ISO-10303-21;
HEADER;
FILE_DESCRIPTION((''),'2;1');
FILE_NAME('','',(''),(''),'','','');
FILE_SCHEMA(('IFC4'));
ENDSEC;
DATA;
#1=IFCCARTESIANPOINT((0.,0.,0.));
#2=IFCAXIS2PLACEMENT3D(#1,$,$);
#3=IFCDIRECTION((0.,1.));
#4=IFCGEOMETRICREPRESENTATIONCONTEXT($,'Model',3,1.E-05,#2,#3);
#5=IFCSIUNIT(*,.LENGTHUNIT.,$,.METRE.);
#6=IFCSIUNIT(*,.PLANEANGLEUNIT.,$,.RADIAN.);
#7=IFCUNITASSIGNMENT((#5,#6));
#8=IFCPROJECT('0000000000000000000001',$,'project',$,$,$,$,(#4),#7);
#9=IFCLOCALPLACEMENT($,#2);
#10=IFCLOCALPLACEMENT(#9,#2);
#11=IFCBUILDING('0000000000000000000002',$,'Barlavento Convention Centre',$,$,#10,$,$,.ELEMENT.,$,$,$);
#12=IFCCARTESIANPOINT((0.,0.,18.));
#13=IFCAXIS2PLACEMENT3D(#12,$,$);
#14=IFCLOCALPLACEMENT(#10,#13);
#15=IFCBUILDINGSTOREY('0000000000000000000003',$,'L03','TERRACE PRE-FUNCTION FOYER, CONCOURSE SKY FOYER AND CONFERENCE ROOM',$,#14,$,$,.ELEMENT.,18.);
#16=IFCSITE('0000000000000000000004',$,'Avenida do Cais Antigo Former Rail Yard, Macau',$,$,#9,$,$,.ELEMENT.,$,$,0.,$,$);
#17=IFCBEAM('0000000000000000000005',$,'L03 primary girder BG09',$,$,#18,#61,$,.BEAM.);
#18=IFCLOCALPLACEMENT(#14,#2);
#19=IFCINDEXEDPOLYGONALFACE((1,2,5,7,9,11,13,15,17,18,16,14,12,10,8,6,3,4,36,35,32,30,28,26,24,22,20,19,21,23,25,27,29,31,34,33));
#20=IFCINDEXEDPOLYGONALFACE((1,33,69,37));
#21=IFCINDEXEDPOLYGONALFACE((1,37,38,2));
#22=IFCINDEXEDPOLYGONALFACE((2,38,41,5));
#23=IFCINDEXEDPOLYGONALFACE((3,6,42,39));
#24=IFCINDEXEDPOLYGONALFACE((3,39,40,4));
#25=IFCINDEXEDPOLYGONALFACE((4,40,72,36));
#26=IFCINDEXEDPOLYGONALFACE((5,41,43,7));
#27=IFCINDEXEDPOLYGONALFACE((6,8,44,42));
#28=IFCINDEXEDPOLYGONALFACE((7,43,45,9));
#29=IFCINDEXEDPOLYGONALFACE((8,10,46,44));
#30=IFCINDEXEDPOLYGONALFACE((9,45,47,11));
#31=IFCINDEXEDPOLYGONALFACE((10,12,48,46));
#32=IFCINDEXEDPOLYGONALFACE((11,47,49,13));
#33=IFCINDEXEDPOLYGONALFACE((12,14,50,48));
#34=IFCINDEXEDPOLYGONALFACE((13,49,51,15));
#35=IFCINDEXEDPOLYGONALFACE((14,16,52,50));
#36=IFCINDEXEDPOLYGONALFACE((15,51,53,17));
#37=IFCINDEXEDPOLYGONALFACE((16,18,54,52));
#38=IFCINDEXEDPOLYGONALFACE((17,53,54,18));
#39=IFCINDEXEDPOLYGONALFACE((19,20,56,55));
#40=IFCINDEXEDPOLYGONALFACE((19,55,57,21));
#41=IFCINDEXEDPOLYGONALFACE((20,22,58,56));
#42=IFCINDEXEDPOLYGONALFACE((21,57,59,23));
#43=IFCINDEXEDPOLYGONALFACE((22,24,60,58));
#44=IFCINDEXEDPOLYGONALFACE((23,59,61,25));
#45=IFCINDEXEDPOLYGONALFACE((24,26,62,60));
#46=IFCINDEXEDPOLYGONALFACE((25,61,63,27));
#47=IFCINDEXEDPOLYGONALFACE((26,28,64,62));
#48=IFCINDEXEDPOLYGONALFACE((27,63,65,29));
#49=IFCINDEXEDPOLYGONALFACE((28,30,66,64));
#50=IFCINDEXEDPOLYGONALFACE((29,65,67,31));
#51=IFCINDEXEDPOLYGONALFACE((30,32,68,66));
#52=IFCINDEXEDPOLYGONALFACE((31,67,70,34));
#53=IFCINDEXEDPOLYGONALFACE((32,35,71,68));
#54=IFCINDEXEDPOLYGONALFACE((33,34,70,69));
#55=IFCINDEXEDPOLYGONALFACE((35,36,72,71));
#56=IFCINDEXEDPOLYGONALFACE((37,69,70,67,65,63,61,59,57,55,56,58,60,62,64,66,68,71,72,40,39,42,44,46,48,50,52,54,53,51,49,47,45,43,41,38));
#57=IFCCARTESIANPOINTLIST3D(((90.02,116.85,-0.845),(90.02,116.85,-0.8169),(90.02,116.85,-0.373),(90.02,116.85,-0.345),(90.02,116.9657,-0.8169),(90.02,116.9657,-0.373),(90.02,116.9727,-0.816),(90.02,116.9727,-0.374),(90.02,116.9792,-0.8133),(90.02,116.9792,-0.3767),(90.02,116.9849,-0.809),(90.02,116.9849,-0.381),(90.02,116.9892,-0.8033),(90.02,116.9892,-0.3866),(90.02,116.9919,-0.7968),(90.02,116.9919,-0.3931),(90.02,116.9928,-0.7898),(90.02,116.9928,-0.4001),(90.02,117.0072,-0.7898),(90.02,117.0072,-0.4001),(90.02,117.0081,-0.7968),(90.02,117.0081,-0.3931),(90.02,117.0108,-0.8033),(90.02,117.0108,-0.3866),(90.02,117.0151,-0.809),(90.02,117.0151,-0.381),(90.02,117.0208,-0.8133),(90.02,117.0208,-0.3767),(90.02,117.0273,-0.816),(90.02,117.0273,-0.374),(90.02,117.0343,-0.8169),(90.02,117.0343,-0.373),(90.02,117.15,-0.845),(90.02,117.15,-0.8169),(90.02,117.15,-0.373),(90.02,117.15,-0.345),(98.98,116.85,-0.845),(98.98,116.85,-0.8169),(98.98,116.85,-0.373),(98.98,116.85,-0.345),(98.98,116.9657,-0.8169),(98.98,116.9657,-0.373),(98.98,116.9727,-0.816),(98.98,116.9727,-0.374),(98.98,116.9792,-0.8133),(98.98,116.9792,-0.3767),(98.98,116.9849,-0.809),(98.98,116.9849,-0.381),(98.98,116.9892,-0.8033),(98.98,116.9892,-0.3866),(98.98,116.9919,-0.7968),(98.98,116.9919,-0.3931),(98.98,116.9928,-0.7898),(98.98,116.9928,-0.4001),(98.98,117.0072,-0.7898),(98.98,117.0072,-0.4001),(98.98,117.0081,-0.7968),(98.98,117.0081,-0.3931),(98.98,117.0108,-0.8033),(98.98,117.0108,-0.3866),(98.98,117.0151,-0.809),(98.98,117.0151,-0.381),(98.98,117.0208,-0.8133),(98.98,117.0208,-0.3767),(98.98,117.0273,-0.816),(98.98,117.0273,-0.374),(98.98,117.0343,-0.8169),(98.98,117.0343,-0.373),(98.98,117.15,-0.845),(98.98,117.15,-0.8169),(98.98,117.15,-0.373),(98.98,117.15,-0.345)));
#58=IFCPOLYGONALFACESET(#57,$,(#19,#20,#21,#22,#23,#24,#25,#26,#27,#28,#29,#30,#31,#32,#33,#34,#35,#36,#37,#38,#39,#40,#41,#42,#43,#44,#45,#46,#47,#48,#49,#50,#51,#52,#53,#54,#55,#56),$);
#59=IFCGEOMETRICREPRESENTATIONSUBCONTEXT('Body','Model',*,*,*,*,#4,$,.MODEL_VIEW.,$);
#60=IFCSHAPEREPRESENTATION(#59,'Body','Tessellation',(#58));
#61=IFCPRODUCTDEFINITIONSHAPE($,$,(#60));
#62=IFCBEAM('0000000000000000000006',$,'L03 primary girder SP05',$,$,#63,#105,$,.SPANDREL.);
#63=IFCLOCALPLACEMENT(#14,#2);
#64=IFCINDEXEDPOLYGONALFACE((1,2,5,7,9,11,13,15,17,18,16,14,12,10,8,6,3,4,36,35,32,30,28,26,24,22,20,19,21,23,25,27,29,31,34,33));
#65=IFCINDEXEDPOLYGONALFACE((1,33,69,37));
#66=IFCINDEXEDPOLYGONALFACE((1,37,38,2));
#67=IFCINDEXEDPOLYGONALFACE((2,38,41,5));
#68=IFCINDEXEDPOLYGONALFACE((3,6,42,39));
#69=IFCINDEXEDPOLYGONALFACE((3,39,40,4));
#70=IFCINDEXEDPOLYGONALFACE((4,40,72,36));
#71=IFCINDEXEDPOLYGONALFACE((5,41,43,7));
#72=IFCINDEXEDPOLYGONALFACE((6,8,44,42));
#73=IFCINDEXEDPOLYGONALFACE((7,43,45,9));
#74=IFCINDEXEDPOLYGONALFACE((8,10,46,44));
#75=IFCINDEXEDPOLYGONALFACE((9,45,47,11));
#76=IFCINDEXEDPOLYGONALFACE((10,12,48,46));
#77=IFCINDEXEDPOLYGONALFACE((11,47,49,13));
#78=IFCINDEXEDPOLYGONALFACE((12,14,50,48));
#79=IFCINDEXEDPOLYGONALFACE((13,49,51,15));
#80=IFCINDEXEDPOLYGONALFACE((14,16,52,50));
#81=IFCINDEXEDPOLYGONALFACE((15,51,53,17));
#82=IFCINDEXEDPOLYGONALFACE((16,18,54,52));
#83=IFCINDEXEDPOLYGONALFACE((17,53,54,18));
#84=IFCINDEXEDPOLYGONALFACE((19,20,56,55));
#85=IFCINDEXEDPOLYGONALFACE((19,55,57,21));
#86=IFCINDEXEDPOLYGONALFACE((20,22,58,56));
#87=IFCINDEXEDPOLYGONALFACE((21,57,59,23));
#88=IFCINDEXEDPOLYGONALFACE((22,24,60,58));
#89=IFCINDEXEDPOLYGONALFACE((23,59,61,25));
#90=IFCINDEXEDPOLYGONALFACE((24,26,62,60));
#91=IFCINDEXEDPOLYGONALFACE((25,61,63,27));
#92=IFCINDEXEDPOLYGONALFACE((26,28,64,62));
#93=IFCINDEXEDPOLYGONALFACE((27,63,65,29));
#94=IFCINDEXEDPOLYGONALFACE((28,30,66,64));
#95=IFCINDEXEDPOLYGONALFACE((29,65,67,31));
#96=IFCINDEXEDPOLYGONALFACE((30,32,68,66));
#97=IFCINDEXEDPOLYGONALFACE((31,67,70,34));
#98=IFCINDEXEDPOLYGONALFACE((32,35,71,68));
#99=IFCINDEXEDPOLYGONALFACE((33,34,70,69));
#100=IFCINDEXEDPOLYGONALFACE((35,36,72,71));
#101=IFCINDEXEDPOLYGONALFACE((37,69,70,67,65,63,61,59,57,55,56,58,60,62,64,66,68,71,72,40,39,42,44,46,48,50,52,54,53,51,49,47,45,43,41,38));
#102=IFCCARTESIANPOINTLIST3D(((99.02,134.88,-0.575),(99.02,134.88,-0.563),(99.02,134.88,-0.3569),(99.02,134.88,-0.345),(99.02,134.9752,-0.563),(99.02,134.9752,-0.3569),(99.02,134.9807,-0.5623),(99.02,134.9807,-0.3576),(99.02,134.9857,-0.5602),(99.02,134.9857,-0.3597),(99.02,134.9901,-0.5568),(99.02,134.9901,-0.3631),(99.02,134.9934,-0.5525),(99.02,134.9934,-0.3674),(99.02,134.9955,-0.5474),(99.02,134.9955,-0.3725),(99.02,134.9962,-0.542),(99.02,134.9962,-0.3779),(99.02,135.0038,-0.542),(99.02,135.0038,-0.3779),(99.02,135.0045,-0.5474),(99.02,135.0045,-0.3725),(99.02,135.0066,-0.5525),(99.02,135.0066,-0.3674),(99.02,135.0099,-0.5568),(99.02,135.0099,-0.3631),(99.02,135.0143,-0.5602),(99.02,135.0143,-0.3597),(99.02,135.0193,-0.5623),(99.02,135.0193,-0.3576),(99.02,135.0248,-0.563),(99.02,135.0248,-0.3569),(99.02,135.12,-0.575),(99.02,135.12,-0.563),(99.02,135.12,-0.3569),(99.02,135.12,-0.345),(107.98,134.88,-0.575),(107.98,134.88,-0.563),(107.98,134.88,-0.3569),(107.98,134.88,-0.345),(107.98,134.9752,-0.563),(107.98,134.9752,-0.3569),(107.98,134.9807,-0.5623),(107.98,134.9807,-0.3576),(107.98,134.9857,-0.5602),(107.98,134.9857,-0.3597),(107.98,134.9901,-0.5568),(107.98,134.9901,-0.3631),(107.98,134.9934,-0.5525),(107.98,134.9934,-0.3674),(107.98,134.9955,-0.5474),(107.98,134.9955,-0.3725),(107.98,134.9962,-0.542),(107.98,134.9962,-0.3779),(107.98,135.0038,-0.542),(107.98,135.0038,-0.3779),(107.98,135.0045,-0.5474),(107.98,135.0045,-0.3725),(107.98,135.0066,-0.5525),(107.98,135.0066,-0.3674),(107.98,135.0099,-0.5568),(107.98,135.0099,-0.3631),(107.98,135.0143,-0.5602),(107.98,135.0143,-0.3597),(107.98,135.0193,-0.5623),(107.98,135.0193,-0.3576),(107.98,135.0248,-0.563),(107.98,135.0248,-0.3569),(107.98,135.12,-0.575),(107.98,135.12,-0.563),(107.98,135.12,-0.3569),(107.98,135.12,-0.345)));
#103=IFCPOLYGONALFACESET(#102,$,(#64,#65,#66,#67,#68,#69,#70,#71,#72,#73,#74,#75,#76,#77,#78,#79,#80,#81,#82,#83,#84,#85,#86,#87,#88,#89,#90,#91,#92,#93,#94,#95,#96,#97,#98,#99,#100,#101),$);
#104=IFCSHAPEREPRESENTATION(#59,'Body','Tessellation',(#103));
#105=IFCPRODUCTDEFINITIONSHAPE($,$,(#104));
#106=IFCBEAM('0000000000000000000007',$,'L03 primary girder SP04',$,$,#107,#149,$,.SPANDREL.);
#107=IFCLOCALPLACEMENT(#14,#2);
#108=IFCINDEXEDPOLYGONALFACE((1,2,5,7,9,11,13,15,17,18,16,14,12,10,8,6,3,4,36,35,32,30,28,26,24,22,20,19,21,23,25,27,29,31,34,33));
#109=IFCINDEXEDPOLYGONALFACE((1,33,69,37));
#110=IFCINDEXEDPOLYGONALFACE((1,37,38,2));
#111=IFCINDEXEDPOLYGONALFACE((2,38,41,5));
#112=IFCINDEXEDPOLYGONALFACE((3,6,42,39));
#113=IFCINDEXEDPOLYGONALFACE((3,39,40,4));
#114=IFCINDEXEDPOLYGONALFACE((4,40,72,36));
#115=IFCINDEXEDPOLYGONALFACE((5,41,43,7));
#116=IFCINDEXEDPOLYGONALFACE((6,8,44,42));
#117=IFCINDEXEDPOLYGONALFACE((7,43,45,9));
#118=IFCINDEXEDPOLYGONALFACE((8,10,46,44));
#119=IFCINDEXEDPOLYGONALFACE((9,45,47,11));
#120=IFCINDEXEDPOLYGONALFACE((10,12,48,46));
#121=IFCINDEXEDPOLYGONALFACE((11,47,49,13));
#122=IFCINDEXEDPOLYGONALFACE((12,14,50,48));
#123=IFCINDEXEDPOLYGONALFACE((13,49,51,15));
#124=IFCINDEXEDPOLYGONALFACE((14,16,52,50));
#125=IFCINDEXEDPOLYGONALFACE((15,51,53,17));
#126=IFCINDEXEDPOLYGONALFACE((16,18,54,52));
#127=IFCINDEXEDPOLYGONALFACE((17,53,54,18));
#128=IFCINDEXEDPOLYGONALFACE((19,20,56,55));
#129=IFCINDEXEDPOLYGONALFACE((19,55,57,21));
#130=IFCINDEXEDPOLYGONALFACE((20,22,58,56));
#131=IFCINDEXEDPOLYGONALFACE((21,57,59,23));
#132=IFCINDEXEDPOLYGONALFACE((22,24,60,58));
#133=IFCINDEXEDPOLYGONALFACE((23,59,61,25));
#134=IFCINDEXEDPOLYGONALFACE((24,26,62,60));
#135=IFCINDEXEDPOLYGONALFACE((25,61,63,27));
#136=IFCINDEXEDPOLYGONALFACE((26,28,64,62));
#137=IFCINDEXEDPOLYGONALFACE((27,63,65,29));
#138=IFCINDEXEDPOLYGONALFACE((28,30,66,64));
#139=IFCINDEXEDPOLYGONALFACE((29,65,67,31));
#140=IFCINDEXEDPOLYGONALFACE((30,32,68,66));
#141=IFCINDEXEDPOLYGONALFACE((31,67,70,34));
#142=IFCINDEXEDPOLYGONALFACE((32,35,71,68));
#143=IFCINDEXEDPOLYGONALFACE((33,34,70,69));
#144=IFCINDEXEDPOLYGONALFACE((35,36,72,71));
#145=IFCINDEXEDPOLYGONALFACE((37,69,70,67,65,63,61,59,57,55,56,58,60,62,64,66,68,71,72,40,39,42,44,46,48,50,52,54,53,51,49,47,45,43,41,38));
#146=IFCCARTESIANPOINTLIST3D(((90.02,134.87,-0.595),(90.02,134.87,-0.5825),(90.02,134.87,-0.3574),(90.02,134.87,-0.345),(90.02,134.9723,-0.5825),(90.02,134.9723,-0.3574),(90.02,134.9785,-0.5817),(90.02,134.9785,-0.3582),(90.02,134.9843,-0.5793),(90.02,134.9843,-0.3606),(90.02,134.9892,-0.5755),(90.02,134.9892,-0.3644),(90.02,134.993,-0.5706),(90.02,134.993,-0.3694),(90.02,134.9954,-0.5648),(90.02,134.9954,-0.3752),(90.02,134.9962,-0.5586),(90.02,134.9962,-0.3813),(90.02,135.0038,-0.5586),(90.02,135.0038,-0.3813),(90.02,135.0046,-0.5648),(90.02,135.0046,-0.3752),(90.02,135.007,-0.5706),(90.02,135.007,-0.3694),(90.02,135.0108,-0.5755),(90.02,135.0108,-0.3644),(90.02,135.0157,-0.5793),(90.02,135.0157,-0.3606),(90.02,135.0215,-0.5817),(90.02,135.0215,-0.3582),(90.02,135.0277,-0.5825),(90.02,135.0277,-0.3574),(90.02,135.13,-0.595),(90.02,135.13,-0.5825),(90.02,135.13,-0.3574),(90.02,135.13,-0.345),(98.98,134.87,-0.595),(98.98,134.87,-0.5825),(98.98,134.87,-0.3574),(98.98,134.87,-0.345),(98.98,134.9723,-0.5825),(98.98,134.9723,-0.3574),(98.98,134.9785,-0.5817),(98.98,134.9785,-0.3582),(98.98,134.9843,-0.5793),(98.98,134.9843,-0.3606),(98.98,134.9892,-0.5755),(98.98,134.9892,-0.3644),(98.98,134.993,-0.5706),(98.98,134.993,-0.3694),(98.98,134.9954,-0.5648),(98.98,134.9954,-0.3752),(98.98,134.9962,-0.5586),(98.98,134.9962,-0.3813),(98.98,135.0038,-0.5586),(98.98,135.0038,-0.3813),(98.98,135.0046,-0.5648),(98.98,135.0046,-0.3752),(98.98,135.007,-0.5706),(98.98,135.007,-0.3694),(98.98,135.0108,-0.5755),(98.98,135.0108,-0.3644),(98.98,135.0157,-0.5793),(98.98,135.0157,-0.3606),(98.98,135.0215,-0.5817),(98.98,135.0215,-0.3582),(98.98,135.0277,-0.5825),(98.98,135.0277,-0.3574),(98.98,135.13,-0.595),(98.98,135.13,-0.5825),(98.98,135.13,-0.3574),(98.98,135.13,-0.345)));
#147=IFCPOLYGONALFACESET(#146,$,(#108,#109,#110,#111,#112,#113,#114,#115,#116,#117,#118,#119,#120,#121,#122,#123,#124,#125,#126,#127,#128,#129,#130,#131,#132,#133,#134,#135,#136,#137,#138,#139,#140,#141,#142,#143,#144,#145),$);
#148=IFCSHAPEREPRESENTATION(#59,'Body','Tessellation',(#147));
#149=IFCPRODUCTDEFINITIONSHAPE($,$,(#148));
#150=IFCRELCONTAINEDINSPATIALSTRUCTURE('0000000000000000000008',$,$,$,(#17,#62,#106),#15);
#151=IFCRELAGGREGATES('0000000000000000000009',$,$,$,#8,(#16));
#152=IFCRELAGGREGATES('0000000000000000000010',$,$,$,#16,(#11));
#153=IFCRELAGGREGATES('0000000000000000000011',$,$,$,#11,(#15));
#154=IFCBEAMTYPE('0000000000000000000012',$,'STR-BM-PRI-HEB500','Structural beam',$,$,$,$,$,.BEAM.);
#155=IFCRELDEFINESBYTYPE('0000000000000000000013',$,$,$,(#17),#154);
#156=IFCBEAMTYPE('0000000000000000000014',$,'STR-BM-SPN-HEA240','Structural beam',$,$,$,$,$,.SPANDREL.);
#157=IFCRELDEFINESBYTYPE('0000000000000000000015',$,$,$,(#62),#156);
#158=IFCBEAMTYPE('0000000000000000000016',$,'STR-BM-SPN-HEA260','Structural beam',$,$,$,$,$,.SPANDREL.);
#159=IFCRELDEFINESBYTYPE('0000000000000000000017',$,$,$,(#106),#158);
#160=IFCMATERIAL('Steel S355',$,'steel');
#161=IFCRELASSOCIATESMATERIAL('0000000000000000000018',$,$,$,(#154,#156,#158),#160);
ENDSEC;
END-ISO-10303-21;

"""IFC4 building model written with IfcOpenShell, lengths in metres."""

from ifc_helpers import new_model, si_unit, direction, frame, origin, origin_2d, place, context, subcontext, project, spatial, i_section, extrude, material, material_profile, profile_set, type_object, element, save


model = new_model("IFC4")

# Units and contexts
model_context = context("Model", 3, precision=1e-05, world=origin(), true_north=direction((0.0, 1.0)))
body_context = subcontext(model_context, "Body", "Model", "MODEL_VIEW")
ifc_project = project(units=[si_unit("LENGTHUNIT", "METRE"), si_unit("PLANEANGLEUNIT", "RADIAN")], contexts=[model_context])

# Site, building, storey
site_placement = place(None, origin())
site = spatial("IfcSite", under=ifc_project, at=site_placement, Name="Avenida do Cais Antigo Former Rail Yard, Macau", CompositionType="ELEMENT", RefElevation=0.0)
building_placement = place(site_placement, origin())
building = spatial("IfcBuilding", under=site, at=building_placement, Name="Barlavento Convention Centre", CompositionType="ELEMENT")
storey_placement = place(building_placement, frame((0.0, 0.0, 18.0)))
storey = spatial("IfcBuildingStorey", under=building, at=storey_placement, Name="L03", Description="TERRACE PRE-FUNCTION FOYER, CONCOURSE SKY FOYER AND CONFERENCE ROOM", CompositionType="ELEMENT", Elevation=18.0)

# Beams
ifc_material = material(Name="Steel S355", Category="steel")
ifc_material_profile_1 = material_profile(ifc_material, i_section(OverallWidth=0.3, OverallDepth=0.5, WebThickness=0.0144, FlangeThickness=0.0281, FilletRadius=0.0271, at=origin_2d()), Name="HEB 500")
ifc_profile_set_1 = profile_set([ifc_material_profile_1], Name="Steel S355")
beam_type_1 = type_object("IfcBeamType", Name="STR-BM-PRI-HEB500", Description="Structural beam", PredefinedType="BEAM", material=ifc_profile_set_1)
beam_1_placement = place(storey_placement, frame((90.02, 117.0, -0.595), z_axis=(1.0, 0.0, 0.0), x_axis=(0.0, 1.0, 0.0)))
element("IfcBeam", 1, at=beam_1_placement, inside=storey, type_object=beam_type_1, Name="L03 primary girder BG09", PredefinedType="BEAM", context=body_context, shape_type="SweptSolid", body=[
    extrude(i_section(OverallWidth=0.3, OverallDepth=0.5, WebThickness=0.0144, FlangeThickness=0.0281, FilletRadius=0.0271, at=origin_2d()), origin(), (0.0, 0.0, 1.0), 8.96),
])
ifc_material_profile_2 = material_profile(ifc_material, i_section(OverallWidth=0.24, OverallDepth=0.23, WebThickness=0.0076, FlangeThickness=0.012, FilletRadius=0.021, at=origin_2d()), Name="HEA 240")
ifc_profile_set_2 = profile_set([ifc_material_profile_2], Name="Steel S355")
beam_type_2 = type_object("IfcBeamType", Name="STR-BM-SPN-HEA240", Description="Structural beam", PredefinedType="SPANDREL", material=ifc_profile_set_2)
beam_2_placement = place(storey_placement, frame((99.02, 135.0, -0.46), z_axis=(1.0, 0.0, 0.0), x_axis=(0.0, 1.0, 0.0)))
element("IfcBeam", 2, at=beam_2_placement, inside=storey, type_object=beam_type_2, Name="L03 primary girder SP05", PredefinedType="SPANDREL", context=body_context, shape_type="SweptSolid", body=[
    extrude(i_section(OverallWidth=0.24, OverallDepth=0.23, WebThickness=0.0076, FlangeThickness=0.012, FilletRadius=0.021, at=origin_2d()), origin(), (0.0, 0.0, 1.0), 8.96),
])
ifc_material_profile_3 = material_profile(ifc_material, i_section(OverallWidth=0.26, OverallDepth=0.25, WebThickness=0.0076, FlangeThickness=0.0125, FilletRadius=0.0239, at=origin_2d()), Name="HEA 260")
ifc_profile_set_3 = profile_set([ifc_material_profile_3], Name="Steel S355")
beam_type_3 = type_object("IfcBeamType", Name="STR-BM-SPN-HEA260", Description="Structural beam", PredefinedType="SPANDREL", material=ifc_profile_set_3)
beam_3_placement = place(storey_placement, frame((90.02, 135.0, -0.47), z_axis=(1.0, 0.0, 0.0), x_axis=(0.0, 1.0, 0.0)))
element("IfcBeam", 3, at=beam_3_placement, inside=storey, type_object=beam_type_3, Name="L03 primary girder SP04", PredefinedType="SPANDREL", context=body_context, shape_type="SweptSolid", body=[
    extrude(i_section(OverallWidth=0.26, OverallDepth=0.25, WebThickness=0.0076, FlangeThickness=0.0125, FilletRadius=0.0239, at=origin_2d()), origin(), (0.0, 0.0, 1.0), 8.96),
])

save(model, "model.ifc")
